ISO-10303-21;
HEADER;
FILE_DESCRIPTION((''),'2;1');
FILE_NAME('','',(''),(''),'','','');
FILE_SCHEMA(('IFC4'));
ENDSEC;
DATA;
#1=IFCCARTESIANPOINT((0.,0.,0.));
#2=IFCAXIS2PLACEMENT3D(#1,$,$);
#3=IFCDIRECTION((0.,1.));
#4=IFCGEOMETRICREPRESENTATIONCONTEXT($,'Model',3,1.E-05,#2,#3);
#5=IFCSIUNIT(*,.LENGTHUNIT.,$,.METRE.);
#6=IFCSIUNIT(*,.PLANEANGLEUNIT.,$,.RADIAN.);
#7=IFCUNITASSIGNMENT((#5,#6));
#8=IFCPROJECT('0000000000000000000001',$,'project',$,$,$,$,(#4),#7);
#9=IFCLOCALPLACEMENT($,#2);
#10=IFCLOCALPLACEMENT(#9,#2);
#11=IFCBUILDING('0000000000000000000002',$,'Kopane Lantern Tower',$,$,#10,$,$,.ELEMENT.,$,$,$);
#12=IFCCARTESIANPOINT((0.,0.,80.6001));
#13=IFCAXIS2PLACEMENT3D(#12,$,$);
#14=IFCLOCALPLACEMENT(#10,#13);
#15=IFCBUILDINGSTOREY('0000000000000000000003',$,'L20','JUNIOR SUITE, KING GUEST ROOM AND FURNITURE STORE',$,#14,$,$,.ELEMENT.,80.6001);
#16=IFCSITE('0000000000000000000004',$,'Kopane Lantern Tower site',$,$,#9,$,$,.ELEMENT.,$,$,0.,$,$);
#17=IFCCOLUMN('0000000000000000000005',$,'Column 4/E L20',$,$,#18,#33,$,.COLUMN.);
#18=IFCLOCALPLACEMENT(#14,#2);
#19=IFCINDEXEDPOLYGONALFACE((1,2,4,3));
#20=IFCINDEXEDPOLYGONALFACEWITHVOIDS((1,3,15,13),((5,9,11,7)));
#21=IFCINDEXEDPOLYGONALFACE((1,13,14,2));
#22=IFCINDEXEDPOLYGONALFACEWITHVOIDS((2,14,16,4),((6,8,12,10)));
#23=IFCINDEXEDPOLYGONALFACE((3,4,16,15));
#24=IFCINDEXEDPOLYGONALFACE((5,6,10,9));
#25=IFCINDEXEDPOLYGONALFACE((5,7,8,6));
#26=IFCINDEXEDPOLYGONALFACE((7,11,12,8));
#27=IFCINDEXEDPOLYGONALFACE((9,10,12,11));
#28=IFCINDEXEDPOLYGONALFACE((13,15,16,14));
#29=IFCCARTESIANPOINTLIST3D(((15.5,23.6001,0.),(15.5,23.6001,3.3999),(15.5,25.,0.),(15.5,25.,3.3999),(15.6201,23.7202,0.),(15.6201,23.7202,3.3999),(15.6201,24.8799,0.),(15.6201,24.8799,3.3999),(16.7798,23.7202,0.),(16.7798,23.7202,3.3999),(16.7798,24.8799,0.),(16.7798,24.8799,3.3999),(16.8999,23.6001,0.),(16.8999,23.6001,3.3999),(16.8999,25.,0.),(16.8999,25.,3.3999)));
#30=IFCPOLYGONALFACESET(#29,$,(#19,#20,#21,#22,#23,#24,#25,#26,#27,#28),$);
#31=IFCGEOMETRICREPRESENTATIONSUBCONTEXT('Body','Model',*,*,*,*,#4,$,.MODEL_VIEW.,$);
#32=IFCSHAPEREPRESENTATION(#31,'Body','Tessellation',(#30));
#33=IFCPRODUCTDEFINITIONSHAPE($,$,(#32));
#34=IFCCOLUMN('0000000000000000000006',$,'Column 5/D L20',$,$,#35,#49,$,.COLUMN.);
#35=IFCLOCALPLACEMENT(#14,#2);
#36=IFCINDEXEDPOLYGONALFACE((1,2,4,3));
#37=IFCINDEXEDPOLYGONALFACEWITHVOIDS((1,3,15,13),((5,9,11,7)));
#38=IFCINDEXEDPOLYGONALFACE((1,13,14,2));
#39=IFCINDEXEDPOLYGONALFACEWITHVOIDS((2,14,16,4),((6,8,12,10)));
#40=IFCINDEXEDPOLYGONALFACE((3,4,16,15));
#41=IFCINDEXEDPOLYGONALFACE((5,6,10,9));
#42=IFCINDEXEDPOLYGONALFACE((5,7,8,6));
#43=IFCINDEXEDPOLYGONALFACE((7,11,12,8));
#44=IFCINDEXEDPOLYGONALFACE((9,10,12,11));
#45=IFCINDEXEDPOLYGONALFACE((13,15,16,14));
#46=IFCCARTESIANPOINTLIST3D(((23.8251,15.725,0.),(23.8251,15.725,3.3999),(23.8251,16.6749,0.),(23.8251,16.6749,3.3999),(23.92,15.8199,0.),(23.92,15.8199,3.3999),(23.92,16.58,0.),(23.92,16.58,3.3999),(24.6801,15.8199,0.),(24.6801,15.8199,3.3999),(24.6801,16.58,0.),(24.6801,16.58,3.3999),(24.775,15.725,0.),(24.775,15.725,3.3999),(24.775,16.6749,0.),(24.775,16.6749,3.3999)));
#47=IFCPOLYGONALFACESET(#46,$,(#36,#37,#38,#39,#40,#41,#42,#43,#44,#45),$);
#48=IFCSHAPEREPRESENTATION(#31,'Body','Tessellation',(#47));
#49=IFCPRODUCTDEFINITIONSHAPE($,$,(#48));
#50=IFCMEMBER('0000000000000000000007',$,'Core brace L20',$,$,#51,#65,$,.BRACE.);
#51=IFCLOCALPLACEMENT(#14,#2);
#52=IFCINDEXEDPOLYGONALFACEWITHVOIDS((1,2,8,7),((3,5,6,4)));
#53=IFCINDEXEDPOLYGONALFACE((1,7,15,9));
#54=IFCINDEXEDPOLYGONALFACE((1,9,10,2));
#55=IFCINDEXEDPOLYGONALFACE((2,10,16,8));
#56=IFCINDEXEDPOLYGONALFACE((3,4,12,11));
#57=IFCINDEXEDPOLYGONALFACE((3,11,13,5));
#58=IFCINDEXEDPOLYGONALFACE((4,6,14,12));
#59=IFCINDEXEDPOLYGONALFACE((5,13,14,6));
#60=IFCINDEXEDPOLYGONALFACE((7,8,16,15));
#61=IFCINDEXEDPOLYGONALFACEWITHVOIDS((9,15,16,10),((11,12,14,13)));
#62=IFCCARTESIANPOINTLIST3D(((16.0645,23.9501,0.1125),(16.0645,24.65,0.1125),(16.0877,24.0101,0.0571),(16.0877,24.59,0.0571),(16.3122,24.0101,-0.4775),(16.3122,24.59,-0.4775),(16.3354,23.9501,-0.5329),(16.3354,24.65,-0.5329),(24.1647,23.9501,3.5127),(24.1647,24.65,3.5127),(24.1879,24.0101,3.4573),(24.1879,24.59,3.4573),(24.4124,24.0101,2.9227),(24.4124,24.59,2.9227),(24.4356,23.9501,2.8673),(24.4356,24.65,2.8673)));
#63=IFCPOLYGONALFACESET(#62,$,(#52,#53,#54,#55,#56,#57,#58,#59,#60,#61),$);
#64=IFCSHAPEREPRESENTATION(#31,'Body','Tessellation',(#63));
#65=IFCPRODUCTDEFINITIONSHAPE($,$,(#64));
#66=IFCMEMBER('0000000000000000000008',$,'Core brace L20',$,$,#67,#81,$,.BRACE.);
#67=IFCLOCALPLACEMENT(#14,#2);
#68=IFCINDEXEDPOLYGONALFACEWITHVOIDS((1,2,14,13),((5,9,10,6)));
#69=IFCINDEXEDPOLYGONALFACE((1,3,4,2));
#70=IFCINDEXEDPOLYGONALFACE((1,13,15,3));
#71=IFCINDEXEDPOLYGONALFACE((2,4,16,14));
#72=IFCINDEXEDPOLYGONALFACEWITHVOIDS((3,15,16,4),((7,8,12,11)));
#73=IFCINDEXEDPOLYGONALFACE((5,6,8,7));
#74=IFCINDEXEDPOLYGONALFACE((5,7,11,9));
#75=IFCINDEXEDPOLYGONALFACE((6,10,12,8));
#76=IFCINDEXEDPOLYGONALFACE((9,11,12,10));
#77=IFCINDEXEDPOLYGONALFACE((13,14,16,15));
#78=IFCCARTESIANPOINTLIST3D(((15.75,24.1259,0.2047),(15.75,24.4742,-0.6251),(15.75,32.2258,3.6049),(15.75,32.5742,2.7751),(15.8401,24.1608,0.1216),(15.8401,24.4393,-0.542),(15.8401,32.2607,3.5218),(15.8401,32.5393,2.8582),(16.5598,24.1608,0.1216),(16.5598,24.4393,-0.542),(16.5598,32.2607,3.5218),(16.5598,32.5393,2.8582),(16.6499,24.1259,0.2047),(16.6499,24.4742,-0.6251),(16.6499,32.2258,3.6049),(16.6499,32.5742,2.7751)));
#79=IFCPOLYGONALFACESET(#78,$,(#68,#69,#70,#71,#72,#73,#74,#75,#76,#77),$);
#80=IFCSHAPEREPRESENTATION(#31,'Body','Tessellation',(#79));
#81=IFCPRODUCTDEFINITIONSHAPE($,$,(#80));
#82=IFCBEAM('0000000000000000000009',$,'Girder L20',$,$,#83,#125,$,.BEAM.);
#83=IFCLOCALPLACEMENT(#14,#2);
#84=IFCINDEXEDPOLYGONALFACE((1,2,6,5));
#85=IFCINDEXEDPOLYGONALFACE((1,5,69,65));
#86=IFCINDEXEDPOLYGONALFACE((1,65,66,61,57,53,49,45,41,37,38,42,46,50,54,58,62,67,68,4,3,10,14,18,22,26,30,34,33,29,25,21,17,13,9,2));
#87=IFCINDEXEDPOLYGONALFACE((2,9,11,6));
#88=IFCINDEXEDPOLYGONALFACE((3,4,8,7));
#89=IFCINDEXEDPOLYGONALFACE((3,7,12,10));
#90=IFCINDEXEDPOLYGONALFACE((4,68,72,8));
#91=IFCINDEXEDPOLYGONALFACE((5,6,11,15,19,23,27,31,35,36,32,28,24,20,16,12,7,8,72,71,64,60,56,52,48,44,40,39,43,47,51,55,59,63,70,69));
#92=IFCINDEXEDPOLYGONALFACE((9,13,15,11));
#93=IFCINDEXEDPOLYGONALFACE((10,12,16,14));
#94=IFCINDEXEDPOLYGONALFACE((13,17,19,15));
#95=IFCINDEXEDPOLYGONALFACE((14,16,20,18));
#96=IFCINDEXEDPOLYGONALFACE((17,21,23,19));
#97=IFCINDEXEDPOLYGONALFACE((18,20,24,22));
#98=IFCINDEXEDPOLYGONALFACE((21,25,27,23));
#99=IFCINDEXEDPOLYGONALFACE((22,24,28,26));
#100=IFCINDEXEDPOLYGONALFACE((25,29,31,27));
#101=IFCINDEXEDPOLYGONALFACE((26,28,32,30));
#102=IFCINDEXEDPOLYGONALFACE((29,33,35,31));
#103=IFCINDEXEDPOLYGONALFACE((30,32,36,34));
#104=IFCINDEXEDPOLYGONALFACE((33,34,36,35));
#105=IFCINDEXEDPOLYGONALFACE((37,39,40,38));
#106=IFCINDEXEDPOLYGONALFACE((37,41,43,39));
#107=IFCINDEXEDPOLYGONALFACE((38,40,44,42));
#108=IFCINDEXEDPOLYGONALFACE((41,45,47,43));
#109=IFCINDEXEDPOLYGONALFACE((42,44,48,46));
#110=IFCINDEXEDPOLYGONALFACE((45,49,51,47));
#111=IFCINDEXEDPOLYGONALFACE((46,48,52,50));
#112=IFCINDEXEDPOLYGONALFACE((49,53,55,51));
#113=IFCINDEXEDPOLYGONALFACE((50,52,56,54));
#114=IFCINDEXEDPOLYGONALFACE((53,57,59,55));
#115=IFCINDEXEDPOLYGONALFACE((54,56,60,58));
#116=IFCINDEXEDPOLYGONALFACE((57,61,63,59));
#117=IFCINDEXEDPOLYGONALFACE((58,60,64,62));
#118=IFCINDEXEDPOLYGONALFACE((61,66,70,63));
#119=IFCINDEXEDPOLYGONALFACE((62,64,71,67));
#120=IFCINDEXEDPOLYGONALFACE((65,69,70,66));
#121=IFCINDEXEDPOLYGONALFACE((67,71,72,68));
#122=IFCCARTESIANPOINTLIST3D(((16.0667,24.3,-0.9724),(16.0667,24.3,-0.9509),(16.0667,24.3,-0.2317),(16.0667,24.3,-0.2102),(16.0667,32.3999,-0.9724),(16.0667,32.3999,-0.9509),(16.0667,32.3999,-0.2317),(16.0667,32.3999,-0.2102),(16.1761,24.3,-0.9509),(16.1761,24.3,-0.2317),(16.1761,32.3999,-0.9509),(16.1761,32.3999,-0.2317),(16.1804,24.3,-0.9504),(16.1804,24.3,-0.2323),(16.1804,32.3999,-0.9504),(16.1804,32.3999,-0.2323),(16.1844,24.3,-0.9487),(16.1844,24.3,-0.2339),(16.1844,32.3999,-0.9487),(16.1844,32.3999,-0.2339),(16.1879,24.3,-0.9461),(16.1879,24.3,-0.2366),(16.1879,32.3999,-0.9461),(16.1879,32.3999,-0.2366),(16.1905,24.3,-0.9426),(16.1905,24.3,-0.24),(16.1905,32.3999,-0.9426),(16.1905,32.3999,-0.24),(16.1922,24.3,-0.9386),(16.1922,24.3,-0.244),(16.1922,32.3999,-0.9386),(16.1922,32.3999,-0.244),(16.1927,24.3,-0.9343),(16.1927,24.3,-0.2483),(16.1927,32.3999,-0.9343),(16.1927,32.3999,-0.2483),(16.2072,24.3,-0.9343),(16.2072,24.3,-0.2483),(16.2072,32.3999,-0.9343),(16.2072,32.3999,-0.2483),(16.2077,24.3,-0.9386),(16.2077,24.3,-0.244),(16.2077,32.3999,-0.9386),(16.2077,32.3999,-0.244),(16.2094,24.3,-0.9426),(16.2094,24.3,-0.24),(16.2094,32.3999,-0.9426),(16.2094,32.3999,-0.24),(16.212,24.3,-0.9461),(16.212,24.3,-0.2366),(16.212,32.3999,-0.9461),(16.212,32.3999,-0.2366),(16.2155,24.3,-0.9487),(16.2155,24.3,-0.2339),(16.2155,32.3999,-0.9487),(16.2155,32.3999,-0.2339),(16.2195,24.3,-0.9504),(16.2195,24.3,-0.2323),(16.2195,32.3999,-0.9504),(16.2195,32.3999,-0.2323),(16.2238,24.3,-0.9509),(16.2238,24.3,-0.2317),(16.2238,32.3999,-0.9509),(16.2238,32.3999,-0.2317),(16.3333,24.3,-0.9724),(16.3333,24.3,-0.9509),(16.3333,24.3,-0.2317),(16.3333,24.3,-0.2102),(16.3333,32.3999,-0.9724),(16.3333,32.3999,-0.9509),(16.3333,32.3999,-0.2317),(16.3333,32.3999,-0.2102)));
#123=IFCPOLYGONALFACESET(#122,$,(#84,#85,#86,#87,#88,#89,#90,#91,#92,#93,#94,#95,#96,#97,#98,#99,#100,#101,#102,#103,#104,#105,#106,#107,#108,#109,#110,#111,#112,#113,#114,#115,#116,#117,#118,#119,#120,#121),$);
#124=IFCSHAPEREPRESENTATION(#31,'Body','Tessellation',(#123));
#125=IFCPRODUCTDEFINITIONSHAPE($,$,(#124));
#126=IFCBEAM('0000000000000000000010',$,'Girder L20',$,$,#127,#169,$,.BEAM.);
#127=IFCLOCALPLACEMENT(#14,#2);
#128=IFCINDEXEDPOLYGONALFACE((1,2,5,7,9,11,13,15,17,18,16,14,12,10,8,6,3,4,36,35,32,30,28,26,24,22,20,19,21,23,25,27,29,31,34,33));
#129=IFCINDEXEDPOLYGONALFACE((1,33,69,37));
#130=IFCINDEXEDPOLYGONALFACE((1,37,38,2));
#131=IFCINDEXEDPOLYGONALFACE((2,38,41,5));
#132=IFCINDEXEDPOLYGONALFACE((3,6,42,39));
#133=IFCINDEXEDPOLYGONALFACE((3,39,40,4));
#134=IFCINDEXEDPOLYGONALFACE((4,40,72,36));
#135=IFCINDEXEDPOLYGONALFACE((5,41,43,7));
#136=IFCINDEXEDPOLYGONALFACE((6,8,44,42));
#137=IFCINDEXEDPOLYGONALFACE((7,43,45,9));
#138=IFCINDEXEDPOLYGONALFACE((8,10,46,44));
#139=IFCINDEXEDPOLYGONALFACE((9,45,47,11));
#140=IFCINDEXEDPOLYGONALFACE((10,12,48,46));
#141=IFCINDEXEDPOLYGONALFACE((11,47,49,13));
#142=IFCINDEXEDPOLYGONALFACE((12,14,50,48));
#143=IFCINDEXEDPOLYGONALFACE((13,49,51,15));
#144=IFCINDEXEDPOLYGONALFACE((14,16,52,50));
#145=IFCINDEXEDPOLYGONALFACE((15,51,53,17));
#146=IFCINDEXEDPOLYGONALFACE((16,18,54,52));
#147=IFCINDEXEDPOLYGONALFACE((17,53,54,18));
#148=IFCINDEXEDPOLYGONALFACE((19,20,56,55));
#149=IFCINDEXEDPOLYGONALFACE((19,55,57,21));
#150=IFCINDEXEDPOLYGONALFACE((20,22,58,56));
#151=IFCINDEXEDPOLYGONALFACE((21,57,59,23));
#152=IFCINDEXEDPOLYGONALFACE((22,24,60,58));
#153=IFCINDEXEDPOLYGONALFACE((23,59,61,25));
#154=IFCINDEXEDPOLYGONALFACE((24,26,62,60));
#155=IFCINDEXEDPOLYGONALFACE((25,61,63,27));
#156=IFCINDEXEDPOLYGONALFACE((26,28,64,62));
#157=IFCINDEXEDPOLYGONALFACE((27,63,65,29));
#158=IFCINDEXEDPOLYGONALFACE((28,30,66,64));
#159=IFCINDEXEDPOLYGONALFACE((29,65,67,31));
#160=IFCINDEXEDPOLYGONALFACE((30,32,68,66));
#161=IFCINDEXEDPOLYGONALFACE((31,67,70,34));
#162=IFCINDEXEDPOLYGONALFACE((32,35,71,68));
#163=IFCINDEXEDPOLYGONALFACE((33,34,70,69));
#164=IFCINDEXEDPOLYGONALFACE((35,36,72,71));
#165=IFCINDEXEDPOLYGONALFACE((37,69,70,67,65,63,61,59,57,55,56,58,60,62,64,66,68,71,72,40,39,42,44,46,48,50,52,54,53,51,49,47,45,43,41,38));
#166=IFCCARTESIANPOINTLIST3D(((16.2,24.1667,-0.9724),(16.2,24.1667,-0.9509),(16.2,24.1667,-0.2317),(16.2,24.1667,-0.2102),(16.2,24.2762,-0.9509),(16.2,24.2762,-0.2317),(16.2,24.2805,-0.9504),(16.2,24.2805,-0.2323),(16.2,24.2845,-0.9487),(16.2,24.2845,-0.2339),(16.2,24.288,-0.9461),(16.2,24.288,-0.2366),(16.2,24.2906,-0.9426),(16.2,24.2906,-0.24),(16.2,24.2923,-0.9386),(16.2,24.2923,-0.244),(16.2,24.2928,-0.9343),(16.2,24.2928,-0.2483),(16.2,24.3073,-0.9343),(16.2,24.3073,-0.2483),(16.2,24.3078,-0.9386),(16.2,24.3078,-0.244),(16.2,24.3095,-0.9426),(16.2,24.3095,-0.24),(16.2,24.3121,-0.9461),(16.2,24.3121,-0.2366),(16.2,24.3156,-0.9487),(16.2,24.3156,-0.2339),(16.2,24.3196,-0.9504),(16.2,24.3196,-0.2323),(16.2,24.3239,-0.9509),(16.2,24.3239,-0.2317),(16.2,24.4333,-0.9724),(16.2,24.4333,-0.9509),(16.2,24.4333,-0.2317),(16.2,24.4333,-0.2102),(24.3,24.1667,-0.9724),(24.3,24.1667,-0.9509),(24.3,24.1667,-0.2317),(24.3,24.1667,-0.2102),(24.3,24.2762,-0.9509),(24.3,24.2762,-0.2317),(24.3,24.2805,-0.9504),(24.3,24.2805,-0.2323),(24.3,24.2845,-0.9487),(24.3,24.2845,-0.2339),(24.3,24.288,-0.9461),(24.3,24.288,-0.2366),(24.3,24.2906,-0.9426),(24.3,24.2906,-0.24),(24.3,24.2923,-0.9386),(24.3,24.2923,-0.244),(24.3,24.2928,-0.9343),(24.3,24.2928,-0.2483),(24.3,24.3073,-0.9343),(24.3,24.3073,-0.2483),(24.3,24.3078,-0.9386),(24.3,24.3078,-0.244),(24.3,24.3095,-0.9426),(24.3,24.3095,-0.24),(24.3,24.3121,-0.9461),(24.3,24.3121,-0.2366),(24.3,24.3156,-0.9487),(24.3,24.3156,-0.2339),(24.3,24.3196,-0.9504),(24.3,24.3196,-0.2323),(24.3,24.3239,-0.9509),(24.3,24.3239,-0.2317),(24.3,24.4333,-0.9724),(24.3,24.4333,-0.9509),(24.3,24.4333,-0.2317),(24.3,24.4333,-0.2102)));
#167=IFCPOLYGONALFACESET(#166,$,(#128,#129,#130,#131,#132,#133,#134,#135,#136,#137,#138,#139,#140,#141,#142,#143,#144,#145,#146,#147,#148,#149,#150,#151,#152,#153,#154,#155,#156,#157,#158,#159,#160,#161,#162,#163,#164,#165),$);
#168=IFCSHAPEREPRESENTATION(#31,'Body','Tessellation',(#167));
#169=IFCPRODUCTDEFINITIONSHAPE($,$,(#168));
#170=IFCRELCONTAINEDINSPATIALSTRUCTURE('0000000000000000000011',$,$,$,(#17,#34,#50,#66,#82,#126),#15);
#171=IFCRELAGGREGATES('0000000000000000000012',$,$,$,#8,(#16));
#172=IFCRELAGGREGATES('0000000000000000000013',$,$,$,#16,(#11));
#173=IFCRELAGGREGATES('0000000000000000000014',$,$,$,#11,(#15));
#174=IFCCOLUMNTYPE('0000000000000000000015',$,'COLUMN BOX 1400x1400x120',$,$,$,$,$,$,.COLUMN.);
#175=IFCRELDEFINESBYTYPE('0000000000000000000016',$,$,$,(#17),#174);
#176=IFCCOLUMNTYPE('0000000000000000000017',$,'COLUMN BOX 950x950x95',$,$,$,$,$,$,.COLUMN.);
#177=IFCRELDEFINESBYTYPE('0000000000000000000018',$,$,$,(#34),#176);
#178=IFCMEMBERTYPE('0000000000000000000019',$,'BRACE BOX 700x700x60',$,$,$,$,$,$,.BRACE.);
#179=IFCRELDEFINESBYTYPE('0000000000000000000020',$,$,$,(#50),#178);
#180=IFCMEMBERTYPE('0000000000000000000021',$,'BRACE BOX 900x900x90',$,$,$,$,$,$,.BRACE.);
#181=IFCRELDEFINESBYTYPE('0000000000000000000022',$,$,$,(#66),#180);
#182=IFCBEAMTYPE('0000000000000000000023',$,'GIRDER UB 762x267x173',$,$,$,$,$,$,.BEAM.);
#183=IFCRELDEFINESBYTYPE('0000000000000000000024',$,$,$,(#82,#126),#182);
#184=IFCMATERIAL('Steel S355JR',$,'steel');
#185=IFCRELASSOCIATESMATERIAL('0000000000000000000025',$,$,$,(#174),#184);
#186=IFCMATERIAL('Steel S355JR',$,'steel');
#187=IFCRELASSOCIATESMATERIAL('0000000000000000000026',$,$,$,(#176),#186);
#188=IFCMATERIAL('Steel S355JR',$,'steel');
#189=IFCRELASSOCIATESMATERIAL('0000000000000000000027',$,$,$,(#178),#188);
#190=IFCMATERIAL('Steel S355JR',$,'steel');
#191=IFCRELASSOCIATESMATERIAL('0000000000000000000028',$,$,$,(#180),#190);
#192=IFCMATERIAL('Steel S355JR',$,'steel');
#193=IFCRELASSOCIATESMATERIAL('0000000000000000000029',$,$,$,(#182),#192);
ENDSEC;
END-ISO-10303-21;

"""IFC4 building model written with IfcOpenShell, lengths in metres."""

from ifc_helpers import new_model, si_unit, direction, frame, origin, origin_2d, place, context, subcontext, project, spatial, hollow_rectangle, i_section, extrude, material, material_profile, profile_set, type_object, element, save


model = new_model("IFC4")

# Units and contexts
model_context = context("Model", 3, precision=1e-05, world=origin(), true_north=direction((0.0, 1.0)))
body_context = subcontext(model_context, "Body", "Model", "MODEL_VIEW")
ifc_project = project(units=[si_unit("LENGTHUNIT", "METRE"), si_unit("PLANEANGLEUNIT", "RADIAN")], contexts=[model_context])

# Site, building, storey
site_placement = place(None, origin())
site = spatial("IfcSite", under=ifc_project, at=site_placement, Name="Kopane Lantern Tower site", CompositionType="ELEMENT", RefElevation=0.0)
building_placement = place(site_placement, origin())
building = spatial("IfcBuilding", under=site, at=building_placement, Name="Kopane Lantern Tower", CompositionType="ELEMENT")
storey_placement = place(building_placement, frame((0.0, 0.0, 80.6001)))
storey = spatial("IfcBuildingStorey", under=building, at=storey_placement, Name="L20", Description="JUNIOR SUITE, KING GUEST ROOM AND FURNITURE STORE", CompositionType="ELEMENT", Elevation=80.6001)

# Columns
ifc_material_1 = material(Name="Steel S355JR", Category="steel")
ifc_material_profile_1 = material_profile(ifc_material_1, hollow_rectangle(XDim=1.3999, YDim=1.3999, WallThickness=0.1201, at=origin_2d()), Name="BOX 1400x1400x120")
ifc_profile_set_1 = profile_set([ifc_material_profile_1], Name="Steel S355JR")
column_type_1 = type_object("IfcColumnType", Name="COLUMN BOX 1400x1400x120", PredefinedType="COLUMN", material=ifc_profile_set_1)
column_1_placement = place(storey_placement, frame((16.2, 24.3, 0.0), z_axis=(0.0, 0.0, 1.0), x_axis=(1.0, 0.0, 0.0)))
element("IfcColumn", 1, at=column_1_placement, inside=storey, type_object=column_type_1, Name="Column 4/E L20", PredefinedType="COLUMN", context=body_context, shape_type="SweptSolid", body=[
    extrude(hollow_rectangle(XDim=1.3999, YDim=1.3999, WallThickness=0.1201, at=origin_2d()), origin(), (0.0, 0.0, 1.0), 3.3999),
])
ifc_material_2 = material(Name="Steel S355JR", Category="steel")
ifc_material_profile_2 = material_profile(ifc_material_2, hollow_rectangle(XDim=0.95, YDim=0.95, WallThickness=0.095, at=origin_2d()), Name="BOX 950x950x95")
ifc_profile_set_2 = profile_set([ifc_material_profile_2], Name="Steel S355JR")
column_type_2 = type_object("IfcColumnType", Name="COLUMN BOX 950x950x95", PredefinedType="COLUMN", material=ifc_profile_set_2)
column_2_placement = place(storey_placement, frame((24.3, 16.2, 0.0), z_axis=(0.0, 0.0, 1.0), x_axis=(1.0, 0.0, 0.0)))
element("IfcColumn", 2, at=column_2_placement, inside=storey, type_object=column_type_2, Name="Column 5/D L20", PredefinedType="COLUMN", context=body_context, shape_type="SweptSolid", body=[
    extrude(hollow_rectangle(XDim=0.95, YDim=0.95, WallThickness=0.095, at=origin_2d()), origin(), (0.0, 0.0, 1.0), 3.3999),
])

# Members
ifc_material_3 = material(Name="Steel S355JR", Category="steel")
ifc_material_profile_3 = material_profile(ifc_material_3, hollow_rectangle(XDim=0.7, YDim=0.7, WallThickness=0.0601, at=origin_2d()), Name="BOX 700x700x60")
ifc_profile_set_3 = profile_set([ifc_material_profile_3], Name="Steel S355JR")
member_type_1 = type_object("IfcMemberType", Name="BRACE BOX 700x700x60", PredefinedType="BRACE", material=ifc_profile_set_3)
member_1_placement = place(storey_placement, frame((16.2, 24.3, -0.2102), z_axis=(0.922059, 0.0, 0.387049), x_axis=(0.0, 1.0, 0.0)))
element("IfcMember", 3, at=member_1_placement, inside=storey, type_object=member_type_1, Name="Core brace L20", PredefinedType="BRACE", context=body_context, shape_type="SweptSolid", body=[
    extrude(hollow_rectangle(XDim=0.7, YDim=0.7, WallThickness=0.0601, at=origin_2d()), origin(), (0.0, 0.0, 1.0), 8.7849),
])
ifc_material_4 = material(Name="Steel S355JR", Category="steel")
ifc_material_profile_4 = material_profile(ifc_material_4, hollow_rectangle(XDim=0.8999, YDim=0.8999, WallThickness=0.0901, at=origin_2d()), Name="BOX 900x900x90")
ifc_profile_set_4 = profile_set([ifc_material_profile_4], Name="Steel S355JR")
member_type_2 = type_object("IfcMemberType", Name="BRACE BOX 900x900x90", PredefinedType="BRACE", material=ifc_profile_set_4)
member_2_placement = place(storey_placement, frame((16.2, 24.3, -0.2102), z_axis=(0.0, 0.922055, 0.387059), x_axis=(-1.0, 0.0, 0.0)))
element("IfcMember", 4, at=member_2_placement, inside=storey, type_object=member_type_2, Name="Core brace L20", PredefinedType="BRACE", context=body_context, shape_type="SweptSolid", body=[
    extrude(hollow_rectangle(XDim=0.8999, YDim=0.8999, WallThickness=0.0901, at=origin_2d()), origin(), (0.0, 0.0, 1.0), 8.7847),
])

# Beams
ifc_material_5 = material(Name="Steel S355JR", Category="steel")
ifc_material_profile_5 = material_profile(ifc_material_5, i_section(OverallWidth=0.2666, OverallDepth=0.7622, WebThickness=0.0144, FlangeThickness=0.0215, FilletRadius=0.0166, at=origin_2d()), Name="UB 762x267x173")
ifc_profile_set_5 = profile_set([ifc_material_profile_5], Name="Steel S355JR")
beam_type = type_object("IfcBeamType", Name="GIRDER UB 762x267x173", PredefinedType="BEAM", material=ifc_profile_set_5)
beam_1_placement = place(storey_placement, frame((16.2, 24.3, -0.5913), z_axis=(0.0, 1.0, 0.0), x_axis=(-1.0, 0.0, 0.0)))
element("IfcBeam", 5, at=beam_1_placement, inside=storey, type_object=beam_type, Name="Girder L20", PredefinedType="BEAM", context=body_context, shape_type="SweptSolid", body=[
    extrude(i_section(OverallWidth=0.2666, OverallDepth=0.7622, WebThickness=0.0144, FlangeThickness=0.0215, FilletRadius=0.0166, at=origin_2d()), origin(), (0.0, 0.0, 1.0), 8.0999),
])
for number, where, z_axis, x_axis, name in (
    (6, (16.2, 24.3, -0.5913), (1.0, 0.0, 0.0), (0.0, 1.0, 0.0), "Girder L20"),
):
    element("IfcBeam", number, at=place(storey_placement, frame(where, z_axis=z_axis, x_axis=x_axis)), inside=storey, type_object=beam_type, Name=name, PredefinedType="BEAM", context=body_context, shape_type="SweptSolid", body=[
        extrude(i_section(OverallWidth=0.2666, OverallDepth=0.7622, WebThickness=0.0144, FlangeThickness=0.0215, FilletRadius=0.0166, at=origin_2d()), origin(), (0.0, 0.0, 1.0), 8.1001),
    ])

save(model, "model.ifc")
